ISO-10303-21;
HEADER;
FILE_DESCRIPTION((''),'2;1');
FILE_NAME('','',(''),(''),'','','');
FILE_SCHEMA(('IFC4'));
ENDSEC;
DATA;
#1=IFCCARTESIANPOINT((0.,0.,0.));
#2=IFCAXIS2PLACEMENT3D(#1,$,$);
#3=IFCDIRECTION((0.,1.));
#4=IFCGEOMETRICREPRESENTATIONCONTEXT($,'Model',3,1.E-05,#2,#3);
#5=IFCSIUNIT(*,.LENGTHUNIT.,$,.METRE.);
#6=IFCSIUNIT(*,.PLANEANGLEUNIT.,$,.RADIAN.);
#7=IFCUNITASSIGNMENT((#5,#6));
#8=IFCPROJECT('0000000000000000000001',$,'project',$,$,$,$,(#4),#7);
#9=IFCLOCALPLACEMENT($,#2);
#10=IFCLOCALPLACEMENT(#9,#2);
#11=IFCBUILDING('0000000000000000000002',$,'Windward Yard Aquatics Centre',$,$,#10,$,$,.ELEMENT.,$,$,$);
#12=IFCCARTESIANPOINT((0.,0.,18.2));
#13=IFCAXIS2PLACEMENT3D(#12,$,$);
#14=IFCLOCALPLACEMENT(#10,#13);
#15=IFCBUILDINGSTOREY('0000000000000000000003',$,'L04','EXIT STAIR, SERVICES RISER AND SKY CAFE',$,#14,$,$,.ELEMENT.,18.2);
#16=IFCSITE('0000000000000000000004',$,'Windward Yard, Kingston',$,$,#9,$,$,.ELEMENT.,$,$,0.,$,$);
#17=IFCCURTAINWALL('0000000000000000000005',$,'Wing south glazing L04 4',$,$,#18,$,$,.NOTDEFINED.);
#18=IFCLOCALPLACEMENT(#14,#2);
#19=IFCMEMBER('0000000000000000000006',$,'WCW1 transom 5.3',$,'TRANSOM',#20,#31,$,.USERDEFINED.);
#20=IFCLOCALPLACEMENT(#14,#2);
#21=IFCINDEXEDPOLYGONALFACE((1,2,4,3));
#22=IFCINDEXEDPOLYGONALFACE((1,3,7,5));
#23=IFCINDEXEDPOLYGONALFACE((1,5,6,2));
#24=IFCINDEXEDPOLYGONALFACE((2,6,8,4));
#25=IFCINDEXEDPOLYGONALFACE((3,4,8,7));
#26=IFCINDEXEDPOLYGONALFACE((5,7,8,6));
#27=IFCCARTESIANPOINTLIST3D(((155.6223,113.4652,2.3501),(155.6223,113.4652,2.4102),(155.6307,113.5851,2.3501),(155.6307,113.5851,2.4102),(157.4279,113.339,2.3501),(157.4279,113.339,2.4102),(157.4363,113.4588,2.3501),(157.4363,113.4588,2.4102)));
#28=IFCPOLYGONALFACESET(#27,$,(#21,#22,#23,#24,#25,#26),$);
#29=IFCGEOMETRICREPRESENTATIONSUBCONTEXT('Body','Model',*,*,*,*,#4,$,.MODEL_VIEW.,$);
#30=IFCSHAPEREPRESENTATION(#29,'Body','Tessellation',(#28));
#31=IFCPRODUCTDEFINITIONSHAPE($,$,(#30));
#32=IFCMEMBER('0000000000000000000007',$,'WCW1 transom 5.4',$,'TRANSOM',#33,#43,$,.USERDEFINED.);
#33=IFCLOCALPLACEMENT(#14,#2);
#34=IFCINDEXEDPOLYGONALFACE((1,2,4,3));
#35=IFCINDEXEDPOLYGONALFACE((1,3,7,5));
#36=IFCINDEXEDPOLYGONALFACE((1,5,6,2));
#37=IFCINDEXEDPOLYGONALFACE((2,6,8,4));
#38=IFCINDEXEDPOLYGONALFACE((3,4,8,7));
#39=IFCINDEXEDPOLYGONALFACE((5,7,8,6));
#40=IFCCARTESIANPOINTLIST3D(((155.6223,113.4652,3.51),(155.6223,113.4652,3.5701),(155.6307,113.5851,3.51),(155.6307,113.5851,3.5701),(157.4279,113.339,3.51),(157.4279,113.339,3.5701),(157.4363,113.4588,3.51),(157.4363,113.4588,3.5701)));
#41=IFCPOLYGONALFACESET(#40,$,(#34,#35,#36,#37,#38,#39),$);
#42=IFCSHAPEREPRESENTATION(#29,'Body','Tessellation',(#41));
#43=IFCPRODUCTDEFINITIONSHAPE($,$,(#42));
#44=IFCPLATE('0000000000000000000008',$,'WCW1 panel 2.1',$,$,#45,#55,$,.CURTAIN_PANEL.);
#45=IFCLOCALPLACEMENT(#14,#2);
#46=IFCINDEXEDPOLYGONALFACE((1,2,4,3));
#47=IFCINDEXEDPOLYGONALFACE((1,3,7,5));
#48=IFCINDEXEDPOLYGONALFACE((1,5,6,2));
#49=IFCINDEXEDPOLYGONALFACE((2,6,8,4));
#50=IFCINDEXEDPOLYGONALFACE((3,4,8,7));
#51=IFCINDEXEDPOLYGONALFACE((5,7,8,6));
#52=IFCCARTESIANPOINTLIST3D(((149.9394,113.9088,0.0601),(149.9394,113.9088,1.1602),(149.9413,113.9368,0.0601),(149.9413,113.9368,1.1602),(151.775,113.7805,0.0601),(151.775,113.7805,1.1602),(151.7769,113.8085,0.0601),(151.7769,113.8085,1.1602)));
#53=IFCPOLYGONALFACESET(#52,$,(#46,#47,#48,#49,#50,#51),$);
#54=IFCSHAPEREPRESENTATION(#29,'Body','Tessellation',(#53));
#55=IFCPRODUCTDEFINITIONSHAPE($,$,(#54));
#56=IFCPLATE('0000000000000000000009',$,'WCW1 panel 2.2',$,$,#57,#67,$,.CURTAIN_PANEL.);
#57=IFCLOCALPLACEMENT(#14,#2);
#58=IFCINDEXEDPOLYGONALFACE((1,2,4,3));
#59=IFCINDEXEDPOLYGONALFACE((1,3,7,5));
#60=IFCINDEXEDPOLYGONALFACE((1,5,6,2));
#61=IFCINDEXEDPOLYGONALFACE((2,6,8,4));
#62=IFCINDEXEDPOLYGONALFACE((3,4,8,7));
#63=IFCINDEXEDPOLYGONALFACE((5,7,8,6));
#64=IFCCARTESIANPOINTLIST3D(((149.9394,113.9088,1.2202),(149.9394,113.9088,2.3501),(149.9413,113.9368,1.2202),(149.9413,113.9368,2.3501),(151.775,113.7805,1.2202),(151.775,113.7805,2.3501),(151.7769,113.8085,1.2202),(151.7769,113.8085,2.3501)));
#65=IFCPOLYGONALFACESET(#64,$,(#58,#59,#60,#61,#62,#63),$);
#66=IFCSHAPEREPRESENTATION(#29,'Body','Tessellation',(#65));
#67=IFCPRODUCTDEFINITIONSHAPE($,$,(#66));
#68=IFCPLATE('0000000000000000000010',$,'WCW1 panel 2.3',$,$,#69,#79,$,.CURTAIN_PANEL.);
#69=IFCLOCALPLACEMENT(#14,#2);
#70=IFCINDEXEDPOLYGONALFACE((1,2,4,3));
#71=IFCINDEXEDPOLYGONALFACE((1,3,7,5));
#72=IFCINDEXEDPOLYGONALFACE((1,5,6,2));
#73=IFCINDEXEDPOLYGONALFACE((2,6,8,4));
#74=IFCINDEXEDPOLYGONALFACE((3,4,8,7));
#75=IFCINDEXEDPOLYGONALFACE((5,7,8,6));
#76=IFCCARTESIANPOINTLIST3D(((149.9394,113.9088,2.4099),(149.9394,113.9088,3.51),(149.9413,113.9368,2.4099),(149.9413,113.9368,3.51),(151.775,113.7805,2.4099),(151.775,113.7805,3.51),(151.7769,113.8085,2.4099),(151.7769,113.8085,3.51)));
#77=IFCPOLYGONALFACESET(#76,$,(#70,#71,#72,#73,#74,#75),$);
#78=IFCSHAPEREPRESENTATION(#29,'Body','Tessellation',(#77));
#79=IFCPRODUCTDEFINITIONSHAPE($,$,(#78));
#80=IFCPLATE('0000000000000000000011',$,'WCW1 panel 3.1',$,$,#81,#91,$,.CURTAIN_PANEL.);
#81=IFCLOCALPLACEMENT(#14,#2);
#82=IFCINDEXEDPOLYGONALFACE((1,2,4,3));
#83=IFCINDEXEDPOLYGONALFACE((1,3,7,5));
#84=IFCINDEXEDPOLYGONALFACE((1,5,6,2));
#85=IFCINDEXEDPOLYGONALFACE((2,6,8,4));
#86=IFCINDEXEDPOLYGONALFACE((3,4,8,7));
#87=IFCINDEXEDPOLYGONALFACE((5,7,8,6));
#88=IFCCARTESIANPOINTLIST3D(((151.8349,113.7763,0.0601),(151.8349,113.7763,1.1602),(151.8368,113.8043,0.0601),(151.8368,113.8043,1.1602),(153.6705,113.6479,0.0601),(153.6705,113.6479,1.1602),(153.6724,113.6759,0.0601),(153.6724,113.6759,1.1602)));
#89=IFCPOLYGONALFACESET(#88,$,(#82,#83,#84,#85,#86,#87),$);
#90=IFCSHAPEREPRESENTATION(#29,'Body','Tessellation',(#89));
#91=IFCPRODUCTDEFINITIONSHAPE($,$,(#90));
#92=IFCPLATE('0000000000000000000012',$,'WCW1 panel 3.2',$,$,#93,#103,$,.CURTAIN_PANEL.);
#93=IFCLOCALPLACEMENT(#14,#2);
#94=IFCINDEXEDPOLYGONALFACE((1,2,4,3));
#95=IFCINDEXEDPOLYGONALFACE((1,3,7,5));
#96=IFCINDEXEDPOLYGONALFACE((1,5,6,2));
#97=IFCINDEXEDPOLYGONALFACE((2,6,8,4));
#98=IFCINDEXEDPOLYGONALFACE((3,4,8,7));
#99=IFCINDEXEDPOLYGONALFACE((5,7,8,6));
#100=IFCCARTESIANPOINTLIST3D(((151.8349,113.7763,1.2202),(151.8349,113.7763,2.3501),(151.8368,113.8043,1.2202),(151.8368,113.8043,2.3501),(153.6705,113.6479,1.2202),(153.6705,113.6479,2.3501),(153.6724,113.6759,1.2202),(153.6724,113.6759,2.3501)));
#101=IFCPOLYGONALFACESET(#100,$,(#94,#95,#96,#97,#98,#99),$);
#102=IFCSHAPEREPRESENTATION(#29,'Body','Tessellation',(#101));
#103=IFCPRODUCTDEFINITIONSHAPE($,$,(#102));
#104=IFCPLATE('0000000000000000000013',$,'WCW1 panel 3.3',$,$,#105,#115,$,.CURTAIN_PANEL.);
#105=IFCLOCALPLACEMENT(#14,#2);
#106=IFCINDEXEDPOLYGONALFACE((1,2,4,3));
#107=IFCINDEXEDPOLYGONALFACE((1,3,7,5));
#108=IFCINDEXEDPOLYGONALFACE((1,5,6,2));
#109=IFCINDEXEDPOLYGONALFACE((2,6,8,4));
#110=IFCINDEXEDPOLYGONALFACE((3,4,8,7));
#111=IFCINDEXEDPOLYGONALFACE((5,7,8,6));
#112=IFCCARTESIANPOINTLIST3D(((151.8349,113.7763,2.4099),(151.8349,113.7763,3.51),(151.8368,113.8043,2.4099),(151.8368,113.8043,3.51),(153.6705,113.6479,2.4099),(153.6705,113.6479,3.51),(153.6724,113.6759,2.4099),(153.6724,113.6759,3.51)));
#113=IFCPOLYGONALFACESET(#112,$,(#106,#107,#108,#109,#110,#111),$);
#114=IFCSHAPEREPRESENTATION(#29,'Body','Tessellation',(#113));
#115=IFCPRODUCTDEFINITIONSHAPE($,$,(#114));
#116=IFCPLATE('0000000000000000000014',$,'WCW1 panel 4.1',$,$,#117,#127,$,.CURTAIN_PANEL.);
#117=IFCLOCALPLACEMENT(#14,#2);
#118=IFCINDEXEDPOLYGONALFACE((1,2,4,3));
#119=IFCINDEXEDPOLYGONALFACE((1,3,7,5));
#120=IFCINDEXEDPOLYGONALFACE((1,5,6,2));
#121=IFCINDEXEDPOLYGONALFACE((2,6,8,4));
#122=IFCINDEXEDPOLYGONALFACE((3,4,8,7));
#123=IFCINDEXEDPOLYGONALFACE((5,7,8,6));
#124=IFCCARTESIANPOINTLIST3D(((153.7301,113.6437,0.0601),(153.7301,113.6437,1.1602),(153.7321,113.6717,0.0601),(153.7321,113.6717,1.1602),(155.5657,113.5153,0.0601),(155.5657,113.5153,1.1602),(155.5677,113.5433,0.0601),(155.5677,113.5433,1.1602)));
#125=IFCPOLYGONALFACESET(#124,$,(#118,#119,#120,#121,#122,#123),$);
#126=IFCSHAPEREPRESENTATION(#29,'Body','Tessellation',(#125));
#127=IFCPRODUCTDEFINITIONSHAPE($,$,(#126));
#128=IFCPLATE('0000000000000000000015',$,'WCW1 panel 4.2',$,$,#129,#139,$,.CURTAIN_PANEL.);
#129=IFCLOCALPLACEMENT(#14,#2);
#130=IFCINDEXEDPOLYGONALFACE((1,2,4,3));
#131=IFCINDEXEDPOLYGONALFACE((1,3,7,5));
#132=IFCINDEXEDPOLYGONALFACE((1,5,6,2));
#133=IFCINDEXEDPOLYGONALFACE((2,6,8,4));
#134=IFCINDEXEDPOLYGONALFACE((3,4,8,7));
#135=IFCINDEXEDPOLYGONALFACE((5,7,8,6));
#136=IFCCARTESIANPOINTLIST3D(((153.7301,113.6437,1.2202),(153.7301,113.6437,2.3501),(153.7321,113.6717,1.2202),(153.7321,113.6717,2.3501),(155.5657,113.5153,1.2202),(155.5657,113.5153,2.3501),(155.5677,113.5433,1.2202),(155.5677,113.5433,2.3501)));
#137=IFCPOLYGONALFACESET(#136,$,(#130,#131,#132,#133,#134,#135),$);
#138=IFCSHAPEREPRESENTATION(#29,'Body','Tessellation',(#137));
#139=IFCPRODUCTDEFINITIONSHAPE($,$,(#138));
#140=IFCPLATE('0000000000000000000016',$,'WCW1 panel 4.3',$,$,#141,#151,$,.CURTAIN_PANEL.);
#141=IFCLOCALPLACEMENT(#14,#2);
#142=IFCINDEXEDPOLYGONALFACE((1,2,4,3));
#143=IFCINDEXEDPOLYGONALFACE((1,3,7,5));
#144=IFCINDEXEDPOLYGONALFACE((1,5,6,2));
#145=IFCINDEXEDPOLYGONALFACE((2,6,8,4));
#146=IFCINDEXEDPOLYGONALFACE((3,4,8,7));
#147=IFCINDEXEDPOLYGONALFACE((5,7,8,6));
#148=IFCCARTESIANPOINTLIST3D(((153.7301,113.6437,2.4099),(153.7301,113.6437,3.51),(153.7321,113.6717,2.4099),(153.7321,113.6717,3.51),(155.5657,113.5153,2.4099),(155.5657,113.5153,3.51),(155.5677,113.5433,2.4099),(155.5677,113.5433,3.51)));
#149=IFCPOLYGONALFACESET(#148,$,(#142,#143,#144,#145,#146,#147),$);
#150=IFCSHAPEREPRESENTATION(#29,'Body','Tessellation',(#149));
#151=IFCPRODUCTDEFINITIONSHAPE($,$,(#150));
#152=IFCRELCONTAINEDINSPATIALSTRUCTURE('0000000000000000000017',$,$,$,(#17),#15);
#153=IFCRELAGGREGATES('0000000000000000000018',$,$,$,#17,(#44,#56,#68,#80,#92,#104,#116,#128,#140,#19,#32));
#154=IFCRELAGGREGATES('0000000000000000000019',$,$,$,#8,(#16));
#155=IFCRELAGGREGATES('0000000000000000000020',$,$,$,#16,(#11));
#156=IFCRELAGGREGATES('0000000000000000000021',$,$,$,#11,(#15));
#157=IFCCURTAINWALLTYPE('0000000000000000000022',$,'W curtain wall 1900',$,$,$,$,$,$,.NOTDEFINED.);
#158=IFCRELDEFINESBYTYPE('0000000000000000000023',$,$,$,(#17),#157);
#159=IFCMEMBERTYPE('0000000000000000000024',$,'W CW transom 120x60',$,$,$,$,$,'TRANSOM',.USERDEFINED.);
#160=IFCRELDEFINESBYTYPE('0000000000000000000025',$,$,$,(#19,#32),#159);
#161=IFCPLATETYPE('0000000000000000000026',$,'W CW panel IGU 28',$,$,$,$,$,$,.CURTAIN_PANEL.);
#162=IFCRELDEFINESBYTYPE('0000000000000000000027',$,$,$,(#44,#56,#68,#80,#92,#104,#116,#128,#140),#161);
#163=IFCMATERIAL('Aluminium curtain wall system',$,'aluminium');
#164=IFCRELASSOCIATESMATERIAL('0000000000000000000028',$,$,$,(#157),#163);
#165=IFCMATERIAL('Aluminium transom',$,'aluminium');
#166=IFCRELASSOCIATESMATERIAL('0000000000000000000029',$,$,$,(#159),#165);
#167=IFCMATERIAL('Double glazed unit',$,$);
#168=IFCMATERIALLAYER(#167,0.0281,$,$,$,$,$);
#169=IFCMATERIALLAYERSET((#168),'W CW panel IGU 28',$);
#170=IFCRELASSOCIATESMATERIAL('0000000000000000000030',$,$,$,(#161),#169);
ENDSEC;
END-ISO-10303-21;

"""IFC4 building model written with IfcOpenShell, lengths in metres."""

from ifc_helpers import new_model, si_unit, direction, frame, origin, origin_2d, place, context, subcontext, project, spatial, rectangle, extrude, material, layer, layer_set, material_profile, profile_set, type_object, element, aggregate, save


model = new_model("IFC4")

# Units and contexts
model_context = context("Model", 3, precision=1e-05, world=origin(), true_north=direction((0.0, 1.0)))
body_context = subcontext(model_context, "Body", "Model", "MODEL_VIEW")
ifc_project = project(units=[si_unit("LENGTHUNIT", "METRE"), si_unit("PLANEANGLEUNIT", "RADIAN")], contexts=[model_context])

# Site, building, storey
site_placement = place(None, origin())
site = spatial("IfcSite", under=ifc_project, at=site_placement, Name="Windward Yard, Kingston", CompositionType="ELEMENT", RefElevation=0.0)
building_placement = place(site_placement, origin())
building = spatial("IfcBuilding", under=site, at=building_placement, Name="Windward Yard Aquatics Centre", CompositionType="ELEMENT")
storey_placement = place(building_placement, frame((0.0, 0.0, 18.2)))
storey = spatial("IfcBuildingStorey", under=building, at=storey_placement, Name="L04", Description="EXIT STAIR, SERVICES RISER AND SKY CAFE", CompositionType="ELEMENT", Elevation=18.2)

# Curtain wall, members, plates
ifc_material_1 = material(Name="Aluminium curtain wall system", Category="aluminium")
curtain_wall_type = type_object("IfcCurtainWallType", Name="W curtain wall 1900", PredefinedType="NOTDEFINED", material=ifc_material_1)
curtain_wall_placement = place(storey_placement, origin())
curtain_wall = element("IfcCurtainWall", 1, at=curtain_wall_placement, inside=storey, type_object=curtain_wall_type, Name="Wing south glazing L04 4", PredefinedType="NOTDEFINED")
ifc_material_2 = material(Name="Aluminium transom", Category="aluminium")
ifc_material_profile_1 = material_profile(ifc_material_2, rectangle(XDim=0.1201, YDim=0.0601, at=origin_2d()), Name="AL 120x60")
ifc_profile_set_1 = profile_set([ifc_material_profile_1], Name="Aluminium transom")
member_type_1 = type_object("IfcMemberType", Name="W CW transom 120x60", ElementType="TRANSOM", PredefinedType="USERDEFINED", material=ifc_profile_set_1)
member_1_placement = place(storey_placement, frame((155.6265, 113.5251, 2.3801), z_axis=(0.997566, -0.069732, 0.0), x_axis=(0.069732, 0.997566, 0.0)))
member_1 = element("IfcMember", 2, at=member_1_placement, type_object=member_type_1, Name="WCW1 transom 5.3", ObjectType="TRANSOM", PredefinedType="USERDEFINED", context=body_context, shape_type="SweptSolid", body=[
    extrude(rectangle(XDim=0.1201, YDim=0.0601, at=origin_2d()), origin(), (0.0, 0.0, 1.0), 1.8101),
])
member_2_placement = place(storey_placement, frame((155.6265, 113.5251, 3.54), z_axis=(0.997566, -0.069732, 0.0), x_axis=(0.069732, 0.997566, 0.0)))
member_2 = element("IfcMember", 3, at=member_2_placement, type_object=member_type_1, Name="WCW1 transom 5.4", ObjectType="TRANSOM", PredefinedType="USERDEFINED", context=body_context, shape_type="SweptSolid", body=[
    extrude(rectangle(XDim=0.1201, YDim=0.0601, at=origin_2d()), origin(), (0.0, 0.0, 1.0), 1.8101),
])
ifc_material_3 = material(Name="Double glazed unit")
ifc_layer = layer(ifc_material_3, 0.0281)
ifc_layer_set = layer_set([ifc_layer], Name="W CW panel IGU 28")
plate_type = type_object("IfcPlateType", Name="W CW panel IGU 28", PredefinedType="CURTAIN_PANEL", material=ifc_layer_set)
plate_1_placement = place(storey_placement, frame((150.8582, 113.8586, 0.0601), z_axis=(0.0, 0.0, 1.0), x_axis=(0.997564, -0.069758, 0.0)))
plate_1 = element("IfcPlate", 4, at=plate_1_placement, type_object=plate_type, Name="WCW1 panel 2.1", PredefinedType="CURTAIN_PANEL", context=body_context, shape_type="SweptSolid", body=[
    extrude(rectangle(XDim=1.8401, YDim=0.0281, at=origin_2d()), origin(), (0.0, 0.0, 1.0), 1.1001),
])
plate_2_placement = place(storey_placement, frame((150.8582, 113.8586, 1.2202), z_axis=(0.0, 0.0, 1.0), x_axis=(0.997564, -0.069758, 0.0)))
plate_2 = element("IfcPlate", 5, at=plate_2_placement, type_object=plate_type, Name="WCW1 panel 2.2", PredefinedType="CURTAIN_PANEL", context=body_context, shape_type="SweptSolid", body=[
    extrude(rectangle(XDim=1.8401, YDim=0.0281, at=origin_2d()), origin(), (0.0, 0.0, 1.0), 1.1299),
])
plate_3_placement = place(storey_placement, frame((150.8582, 113.8586, 2.4099), z_axis=(0.0, 0.0, 1.0), x_axis=(0.997564, -0.069758, 0.0)))
plate_3 = element("IfcPlate", 6, at=plate_3_placement, type_object=plate_type, Name="WCW1 panel 2.3", PredefinedType="CURTAIN_PANEL", context=body_context, shape_type="SweptSolid", body=[
    extrude(rectangle(XDim=1.8401, YDim=0.0281, at=origin_2d()), origin(), (0.0, 0.0, 1.0), 1.1001),
])
plate_4_placement = place(storey_placement, frame((152.7537, 113.7261, 0.0601), z_axis=(0.0, 0.0, 1.0), x_axis=(0.997564, -0.069758, 0.0)))
plate_4 = element("IfcPlate", 7, at=plate_4_placement, type_object=plate_type, Name="WCW1 panel 3.1", PredefinedType="CURTAIN_PANEL", context=body_context, shape_type="SweptSolid", body=[
    extrude(rectangle(XDim=1.8401, YDim=0.0281, at=origin_2d()), origin(), (0.0, 0.0, 1.0), 1.1001),
])
plate_5_placement = place(storey_placement, frame((152.7537, 113.7261, 1.2202), z_axis=(0.0, 0.0, 1.0), x_axis=(0.997564, -0.069758, 0.0)))
plate_5 = element("IfcPlate", 8, at=plate_5_placement, type_object=plate_type, Name="WCW1 panel 3.2", PredefinedType="CURTAIN_PANEL", context=body_context, shape_type="SweptSolid", body=[
    extrude(rectangle(XDim=1.8401, YDim=0.0281, at=origin_2d()), origin(), (0.0, 0.0, 1.0), 1.1299),
])
plate_6_placement = place(storey_placement, frame((152.7537, 113.7261, 2.4099), z_axis=(0.0, 0.0, 1.0), x_axis=(0.997564, -0.069758, 0.0)))
plate_6 = element("IfcPlate", 9, at=plate_6_placement, type_object=plate_type, Name="WCW1 panel 3.3", PredefinedType="CURTAIN_PANEL", context=body_context, shape_type="SweptSolid", body=[
    extrude(rectangle(XDim=1.8401, YDim=0.0281, at=origin_2d()), origin(), (0.0, 0.0, 1.0), 1.1001),
])
plate_7_placement = place(storey_placement, frame((154.6489, 113.5935, 0.0601), z_axis=(0.0, 0.0, 1.0), x_axis=(0.997564, -0.069758, 0.0)))
plate_7 = element("IfcPlate", 10, at=plate_7_placement, type_object=plate_type, Name="WCW1 panel 4.1", PredefinedType="CURTAIN_PANEL", context=body_context, shape_type="SweptSolid", body=[
    extrude(rectangle(XDim=1.8401, YDim=0.0281, at=origin_2d()), origin(), (0.0, 0.0, 1.0), 1.1001),
])
plate_8_placement = place(storey_placement, frame((154.6489, 113.5935, 1.2202), z_axis=(0.0, 0.0, 1.0), x_axis=(0.997564, -0.069758, 0.0)))
plate_8 = element("IfcPlate", 11, at=plate_8_placement, type_object=plate_type, Name="WCW1 panel 4.2", PredefinedType="CURTAIN_PANEL", context=body_context, shape_type="SweptSolid", body=[
    extrude(rectangle(XDim=1.8401, YDim=0.0281, at=origin_2d()), origin(), (0.0, 0.0, 1.0), 1.1299),
])
plate_9_placement = place(storey_placement, frame((154.6489, 113.5935, 2.4099), z_axis=(0.0, 0.0, 1.0), x_axis=(0.997564, -0.069758, 0.0)))
plate_9 = element("IfcPlate", 12, at=plate_9_placement, type_object=plate_type, Name="WCW1 panel 4.3", PredefinedType="CURTAIN_PANEL", context=body_context, shape_type="SweptSolid", body=[
    extrude(rectangle(XDim=1.8401, YDim=0.0281, at=origin_2d()), origin(), (0.0, 0.0, 1.0), 1.1001),
])
aggregate(curtain_wall, [plate_1, plate_2, plate_3, plate_4, plate_5, plate_6, plate_7, plate_8, plate_9, member_1, member_2])

save(model, "model.ifc")
